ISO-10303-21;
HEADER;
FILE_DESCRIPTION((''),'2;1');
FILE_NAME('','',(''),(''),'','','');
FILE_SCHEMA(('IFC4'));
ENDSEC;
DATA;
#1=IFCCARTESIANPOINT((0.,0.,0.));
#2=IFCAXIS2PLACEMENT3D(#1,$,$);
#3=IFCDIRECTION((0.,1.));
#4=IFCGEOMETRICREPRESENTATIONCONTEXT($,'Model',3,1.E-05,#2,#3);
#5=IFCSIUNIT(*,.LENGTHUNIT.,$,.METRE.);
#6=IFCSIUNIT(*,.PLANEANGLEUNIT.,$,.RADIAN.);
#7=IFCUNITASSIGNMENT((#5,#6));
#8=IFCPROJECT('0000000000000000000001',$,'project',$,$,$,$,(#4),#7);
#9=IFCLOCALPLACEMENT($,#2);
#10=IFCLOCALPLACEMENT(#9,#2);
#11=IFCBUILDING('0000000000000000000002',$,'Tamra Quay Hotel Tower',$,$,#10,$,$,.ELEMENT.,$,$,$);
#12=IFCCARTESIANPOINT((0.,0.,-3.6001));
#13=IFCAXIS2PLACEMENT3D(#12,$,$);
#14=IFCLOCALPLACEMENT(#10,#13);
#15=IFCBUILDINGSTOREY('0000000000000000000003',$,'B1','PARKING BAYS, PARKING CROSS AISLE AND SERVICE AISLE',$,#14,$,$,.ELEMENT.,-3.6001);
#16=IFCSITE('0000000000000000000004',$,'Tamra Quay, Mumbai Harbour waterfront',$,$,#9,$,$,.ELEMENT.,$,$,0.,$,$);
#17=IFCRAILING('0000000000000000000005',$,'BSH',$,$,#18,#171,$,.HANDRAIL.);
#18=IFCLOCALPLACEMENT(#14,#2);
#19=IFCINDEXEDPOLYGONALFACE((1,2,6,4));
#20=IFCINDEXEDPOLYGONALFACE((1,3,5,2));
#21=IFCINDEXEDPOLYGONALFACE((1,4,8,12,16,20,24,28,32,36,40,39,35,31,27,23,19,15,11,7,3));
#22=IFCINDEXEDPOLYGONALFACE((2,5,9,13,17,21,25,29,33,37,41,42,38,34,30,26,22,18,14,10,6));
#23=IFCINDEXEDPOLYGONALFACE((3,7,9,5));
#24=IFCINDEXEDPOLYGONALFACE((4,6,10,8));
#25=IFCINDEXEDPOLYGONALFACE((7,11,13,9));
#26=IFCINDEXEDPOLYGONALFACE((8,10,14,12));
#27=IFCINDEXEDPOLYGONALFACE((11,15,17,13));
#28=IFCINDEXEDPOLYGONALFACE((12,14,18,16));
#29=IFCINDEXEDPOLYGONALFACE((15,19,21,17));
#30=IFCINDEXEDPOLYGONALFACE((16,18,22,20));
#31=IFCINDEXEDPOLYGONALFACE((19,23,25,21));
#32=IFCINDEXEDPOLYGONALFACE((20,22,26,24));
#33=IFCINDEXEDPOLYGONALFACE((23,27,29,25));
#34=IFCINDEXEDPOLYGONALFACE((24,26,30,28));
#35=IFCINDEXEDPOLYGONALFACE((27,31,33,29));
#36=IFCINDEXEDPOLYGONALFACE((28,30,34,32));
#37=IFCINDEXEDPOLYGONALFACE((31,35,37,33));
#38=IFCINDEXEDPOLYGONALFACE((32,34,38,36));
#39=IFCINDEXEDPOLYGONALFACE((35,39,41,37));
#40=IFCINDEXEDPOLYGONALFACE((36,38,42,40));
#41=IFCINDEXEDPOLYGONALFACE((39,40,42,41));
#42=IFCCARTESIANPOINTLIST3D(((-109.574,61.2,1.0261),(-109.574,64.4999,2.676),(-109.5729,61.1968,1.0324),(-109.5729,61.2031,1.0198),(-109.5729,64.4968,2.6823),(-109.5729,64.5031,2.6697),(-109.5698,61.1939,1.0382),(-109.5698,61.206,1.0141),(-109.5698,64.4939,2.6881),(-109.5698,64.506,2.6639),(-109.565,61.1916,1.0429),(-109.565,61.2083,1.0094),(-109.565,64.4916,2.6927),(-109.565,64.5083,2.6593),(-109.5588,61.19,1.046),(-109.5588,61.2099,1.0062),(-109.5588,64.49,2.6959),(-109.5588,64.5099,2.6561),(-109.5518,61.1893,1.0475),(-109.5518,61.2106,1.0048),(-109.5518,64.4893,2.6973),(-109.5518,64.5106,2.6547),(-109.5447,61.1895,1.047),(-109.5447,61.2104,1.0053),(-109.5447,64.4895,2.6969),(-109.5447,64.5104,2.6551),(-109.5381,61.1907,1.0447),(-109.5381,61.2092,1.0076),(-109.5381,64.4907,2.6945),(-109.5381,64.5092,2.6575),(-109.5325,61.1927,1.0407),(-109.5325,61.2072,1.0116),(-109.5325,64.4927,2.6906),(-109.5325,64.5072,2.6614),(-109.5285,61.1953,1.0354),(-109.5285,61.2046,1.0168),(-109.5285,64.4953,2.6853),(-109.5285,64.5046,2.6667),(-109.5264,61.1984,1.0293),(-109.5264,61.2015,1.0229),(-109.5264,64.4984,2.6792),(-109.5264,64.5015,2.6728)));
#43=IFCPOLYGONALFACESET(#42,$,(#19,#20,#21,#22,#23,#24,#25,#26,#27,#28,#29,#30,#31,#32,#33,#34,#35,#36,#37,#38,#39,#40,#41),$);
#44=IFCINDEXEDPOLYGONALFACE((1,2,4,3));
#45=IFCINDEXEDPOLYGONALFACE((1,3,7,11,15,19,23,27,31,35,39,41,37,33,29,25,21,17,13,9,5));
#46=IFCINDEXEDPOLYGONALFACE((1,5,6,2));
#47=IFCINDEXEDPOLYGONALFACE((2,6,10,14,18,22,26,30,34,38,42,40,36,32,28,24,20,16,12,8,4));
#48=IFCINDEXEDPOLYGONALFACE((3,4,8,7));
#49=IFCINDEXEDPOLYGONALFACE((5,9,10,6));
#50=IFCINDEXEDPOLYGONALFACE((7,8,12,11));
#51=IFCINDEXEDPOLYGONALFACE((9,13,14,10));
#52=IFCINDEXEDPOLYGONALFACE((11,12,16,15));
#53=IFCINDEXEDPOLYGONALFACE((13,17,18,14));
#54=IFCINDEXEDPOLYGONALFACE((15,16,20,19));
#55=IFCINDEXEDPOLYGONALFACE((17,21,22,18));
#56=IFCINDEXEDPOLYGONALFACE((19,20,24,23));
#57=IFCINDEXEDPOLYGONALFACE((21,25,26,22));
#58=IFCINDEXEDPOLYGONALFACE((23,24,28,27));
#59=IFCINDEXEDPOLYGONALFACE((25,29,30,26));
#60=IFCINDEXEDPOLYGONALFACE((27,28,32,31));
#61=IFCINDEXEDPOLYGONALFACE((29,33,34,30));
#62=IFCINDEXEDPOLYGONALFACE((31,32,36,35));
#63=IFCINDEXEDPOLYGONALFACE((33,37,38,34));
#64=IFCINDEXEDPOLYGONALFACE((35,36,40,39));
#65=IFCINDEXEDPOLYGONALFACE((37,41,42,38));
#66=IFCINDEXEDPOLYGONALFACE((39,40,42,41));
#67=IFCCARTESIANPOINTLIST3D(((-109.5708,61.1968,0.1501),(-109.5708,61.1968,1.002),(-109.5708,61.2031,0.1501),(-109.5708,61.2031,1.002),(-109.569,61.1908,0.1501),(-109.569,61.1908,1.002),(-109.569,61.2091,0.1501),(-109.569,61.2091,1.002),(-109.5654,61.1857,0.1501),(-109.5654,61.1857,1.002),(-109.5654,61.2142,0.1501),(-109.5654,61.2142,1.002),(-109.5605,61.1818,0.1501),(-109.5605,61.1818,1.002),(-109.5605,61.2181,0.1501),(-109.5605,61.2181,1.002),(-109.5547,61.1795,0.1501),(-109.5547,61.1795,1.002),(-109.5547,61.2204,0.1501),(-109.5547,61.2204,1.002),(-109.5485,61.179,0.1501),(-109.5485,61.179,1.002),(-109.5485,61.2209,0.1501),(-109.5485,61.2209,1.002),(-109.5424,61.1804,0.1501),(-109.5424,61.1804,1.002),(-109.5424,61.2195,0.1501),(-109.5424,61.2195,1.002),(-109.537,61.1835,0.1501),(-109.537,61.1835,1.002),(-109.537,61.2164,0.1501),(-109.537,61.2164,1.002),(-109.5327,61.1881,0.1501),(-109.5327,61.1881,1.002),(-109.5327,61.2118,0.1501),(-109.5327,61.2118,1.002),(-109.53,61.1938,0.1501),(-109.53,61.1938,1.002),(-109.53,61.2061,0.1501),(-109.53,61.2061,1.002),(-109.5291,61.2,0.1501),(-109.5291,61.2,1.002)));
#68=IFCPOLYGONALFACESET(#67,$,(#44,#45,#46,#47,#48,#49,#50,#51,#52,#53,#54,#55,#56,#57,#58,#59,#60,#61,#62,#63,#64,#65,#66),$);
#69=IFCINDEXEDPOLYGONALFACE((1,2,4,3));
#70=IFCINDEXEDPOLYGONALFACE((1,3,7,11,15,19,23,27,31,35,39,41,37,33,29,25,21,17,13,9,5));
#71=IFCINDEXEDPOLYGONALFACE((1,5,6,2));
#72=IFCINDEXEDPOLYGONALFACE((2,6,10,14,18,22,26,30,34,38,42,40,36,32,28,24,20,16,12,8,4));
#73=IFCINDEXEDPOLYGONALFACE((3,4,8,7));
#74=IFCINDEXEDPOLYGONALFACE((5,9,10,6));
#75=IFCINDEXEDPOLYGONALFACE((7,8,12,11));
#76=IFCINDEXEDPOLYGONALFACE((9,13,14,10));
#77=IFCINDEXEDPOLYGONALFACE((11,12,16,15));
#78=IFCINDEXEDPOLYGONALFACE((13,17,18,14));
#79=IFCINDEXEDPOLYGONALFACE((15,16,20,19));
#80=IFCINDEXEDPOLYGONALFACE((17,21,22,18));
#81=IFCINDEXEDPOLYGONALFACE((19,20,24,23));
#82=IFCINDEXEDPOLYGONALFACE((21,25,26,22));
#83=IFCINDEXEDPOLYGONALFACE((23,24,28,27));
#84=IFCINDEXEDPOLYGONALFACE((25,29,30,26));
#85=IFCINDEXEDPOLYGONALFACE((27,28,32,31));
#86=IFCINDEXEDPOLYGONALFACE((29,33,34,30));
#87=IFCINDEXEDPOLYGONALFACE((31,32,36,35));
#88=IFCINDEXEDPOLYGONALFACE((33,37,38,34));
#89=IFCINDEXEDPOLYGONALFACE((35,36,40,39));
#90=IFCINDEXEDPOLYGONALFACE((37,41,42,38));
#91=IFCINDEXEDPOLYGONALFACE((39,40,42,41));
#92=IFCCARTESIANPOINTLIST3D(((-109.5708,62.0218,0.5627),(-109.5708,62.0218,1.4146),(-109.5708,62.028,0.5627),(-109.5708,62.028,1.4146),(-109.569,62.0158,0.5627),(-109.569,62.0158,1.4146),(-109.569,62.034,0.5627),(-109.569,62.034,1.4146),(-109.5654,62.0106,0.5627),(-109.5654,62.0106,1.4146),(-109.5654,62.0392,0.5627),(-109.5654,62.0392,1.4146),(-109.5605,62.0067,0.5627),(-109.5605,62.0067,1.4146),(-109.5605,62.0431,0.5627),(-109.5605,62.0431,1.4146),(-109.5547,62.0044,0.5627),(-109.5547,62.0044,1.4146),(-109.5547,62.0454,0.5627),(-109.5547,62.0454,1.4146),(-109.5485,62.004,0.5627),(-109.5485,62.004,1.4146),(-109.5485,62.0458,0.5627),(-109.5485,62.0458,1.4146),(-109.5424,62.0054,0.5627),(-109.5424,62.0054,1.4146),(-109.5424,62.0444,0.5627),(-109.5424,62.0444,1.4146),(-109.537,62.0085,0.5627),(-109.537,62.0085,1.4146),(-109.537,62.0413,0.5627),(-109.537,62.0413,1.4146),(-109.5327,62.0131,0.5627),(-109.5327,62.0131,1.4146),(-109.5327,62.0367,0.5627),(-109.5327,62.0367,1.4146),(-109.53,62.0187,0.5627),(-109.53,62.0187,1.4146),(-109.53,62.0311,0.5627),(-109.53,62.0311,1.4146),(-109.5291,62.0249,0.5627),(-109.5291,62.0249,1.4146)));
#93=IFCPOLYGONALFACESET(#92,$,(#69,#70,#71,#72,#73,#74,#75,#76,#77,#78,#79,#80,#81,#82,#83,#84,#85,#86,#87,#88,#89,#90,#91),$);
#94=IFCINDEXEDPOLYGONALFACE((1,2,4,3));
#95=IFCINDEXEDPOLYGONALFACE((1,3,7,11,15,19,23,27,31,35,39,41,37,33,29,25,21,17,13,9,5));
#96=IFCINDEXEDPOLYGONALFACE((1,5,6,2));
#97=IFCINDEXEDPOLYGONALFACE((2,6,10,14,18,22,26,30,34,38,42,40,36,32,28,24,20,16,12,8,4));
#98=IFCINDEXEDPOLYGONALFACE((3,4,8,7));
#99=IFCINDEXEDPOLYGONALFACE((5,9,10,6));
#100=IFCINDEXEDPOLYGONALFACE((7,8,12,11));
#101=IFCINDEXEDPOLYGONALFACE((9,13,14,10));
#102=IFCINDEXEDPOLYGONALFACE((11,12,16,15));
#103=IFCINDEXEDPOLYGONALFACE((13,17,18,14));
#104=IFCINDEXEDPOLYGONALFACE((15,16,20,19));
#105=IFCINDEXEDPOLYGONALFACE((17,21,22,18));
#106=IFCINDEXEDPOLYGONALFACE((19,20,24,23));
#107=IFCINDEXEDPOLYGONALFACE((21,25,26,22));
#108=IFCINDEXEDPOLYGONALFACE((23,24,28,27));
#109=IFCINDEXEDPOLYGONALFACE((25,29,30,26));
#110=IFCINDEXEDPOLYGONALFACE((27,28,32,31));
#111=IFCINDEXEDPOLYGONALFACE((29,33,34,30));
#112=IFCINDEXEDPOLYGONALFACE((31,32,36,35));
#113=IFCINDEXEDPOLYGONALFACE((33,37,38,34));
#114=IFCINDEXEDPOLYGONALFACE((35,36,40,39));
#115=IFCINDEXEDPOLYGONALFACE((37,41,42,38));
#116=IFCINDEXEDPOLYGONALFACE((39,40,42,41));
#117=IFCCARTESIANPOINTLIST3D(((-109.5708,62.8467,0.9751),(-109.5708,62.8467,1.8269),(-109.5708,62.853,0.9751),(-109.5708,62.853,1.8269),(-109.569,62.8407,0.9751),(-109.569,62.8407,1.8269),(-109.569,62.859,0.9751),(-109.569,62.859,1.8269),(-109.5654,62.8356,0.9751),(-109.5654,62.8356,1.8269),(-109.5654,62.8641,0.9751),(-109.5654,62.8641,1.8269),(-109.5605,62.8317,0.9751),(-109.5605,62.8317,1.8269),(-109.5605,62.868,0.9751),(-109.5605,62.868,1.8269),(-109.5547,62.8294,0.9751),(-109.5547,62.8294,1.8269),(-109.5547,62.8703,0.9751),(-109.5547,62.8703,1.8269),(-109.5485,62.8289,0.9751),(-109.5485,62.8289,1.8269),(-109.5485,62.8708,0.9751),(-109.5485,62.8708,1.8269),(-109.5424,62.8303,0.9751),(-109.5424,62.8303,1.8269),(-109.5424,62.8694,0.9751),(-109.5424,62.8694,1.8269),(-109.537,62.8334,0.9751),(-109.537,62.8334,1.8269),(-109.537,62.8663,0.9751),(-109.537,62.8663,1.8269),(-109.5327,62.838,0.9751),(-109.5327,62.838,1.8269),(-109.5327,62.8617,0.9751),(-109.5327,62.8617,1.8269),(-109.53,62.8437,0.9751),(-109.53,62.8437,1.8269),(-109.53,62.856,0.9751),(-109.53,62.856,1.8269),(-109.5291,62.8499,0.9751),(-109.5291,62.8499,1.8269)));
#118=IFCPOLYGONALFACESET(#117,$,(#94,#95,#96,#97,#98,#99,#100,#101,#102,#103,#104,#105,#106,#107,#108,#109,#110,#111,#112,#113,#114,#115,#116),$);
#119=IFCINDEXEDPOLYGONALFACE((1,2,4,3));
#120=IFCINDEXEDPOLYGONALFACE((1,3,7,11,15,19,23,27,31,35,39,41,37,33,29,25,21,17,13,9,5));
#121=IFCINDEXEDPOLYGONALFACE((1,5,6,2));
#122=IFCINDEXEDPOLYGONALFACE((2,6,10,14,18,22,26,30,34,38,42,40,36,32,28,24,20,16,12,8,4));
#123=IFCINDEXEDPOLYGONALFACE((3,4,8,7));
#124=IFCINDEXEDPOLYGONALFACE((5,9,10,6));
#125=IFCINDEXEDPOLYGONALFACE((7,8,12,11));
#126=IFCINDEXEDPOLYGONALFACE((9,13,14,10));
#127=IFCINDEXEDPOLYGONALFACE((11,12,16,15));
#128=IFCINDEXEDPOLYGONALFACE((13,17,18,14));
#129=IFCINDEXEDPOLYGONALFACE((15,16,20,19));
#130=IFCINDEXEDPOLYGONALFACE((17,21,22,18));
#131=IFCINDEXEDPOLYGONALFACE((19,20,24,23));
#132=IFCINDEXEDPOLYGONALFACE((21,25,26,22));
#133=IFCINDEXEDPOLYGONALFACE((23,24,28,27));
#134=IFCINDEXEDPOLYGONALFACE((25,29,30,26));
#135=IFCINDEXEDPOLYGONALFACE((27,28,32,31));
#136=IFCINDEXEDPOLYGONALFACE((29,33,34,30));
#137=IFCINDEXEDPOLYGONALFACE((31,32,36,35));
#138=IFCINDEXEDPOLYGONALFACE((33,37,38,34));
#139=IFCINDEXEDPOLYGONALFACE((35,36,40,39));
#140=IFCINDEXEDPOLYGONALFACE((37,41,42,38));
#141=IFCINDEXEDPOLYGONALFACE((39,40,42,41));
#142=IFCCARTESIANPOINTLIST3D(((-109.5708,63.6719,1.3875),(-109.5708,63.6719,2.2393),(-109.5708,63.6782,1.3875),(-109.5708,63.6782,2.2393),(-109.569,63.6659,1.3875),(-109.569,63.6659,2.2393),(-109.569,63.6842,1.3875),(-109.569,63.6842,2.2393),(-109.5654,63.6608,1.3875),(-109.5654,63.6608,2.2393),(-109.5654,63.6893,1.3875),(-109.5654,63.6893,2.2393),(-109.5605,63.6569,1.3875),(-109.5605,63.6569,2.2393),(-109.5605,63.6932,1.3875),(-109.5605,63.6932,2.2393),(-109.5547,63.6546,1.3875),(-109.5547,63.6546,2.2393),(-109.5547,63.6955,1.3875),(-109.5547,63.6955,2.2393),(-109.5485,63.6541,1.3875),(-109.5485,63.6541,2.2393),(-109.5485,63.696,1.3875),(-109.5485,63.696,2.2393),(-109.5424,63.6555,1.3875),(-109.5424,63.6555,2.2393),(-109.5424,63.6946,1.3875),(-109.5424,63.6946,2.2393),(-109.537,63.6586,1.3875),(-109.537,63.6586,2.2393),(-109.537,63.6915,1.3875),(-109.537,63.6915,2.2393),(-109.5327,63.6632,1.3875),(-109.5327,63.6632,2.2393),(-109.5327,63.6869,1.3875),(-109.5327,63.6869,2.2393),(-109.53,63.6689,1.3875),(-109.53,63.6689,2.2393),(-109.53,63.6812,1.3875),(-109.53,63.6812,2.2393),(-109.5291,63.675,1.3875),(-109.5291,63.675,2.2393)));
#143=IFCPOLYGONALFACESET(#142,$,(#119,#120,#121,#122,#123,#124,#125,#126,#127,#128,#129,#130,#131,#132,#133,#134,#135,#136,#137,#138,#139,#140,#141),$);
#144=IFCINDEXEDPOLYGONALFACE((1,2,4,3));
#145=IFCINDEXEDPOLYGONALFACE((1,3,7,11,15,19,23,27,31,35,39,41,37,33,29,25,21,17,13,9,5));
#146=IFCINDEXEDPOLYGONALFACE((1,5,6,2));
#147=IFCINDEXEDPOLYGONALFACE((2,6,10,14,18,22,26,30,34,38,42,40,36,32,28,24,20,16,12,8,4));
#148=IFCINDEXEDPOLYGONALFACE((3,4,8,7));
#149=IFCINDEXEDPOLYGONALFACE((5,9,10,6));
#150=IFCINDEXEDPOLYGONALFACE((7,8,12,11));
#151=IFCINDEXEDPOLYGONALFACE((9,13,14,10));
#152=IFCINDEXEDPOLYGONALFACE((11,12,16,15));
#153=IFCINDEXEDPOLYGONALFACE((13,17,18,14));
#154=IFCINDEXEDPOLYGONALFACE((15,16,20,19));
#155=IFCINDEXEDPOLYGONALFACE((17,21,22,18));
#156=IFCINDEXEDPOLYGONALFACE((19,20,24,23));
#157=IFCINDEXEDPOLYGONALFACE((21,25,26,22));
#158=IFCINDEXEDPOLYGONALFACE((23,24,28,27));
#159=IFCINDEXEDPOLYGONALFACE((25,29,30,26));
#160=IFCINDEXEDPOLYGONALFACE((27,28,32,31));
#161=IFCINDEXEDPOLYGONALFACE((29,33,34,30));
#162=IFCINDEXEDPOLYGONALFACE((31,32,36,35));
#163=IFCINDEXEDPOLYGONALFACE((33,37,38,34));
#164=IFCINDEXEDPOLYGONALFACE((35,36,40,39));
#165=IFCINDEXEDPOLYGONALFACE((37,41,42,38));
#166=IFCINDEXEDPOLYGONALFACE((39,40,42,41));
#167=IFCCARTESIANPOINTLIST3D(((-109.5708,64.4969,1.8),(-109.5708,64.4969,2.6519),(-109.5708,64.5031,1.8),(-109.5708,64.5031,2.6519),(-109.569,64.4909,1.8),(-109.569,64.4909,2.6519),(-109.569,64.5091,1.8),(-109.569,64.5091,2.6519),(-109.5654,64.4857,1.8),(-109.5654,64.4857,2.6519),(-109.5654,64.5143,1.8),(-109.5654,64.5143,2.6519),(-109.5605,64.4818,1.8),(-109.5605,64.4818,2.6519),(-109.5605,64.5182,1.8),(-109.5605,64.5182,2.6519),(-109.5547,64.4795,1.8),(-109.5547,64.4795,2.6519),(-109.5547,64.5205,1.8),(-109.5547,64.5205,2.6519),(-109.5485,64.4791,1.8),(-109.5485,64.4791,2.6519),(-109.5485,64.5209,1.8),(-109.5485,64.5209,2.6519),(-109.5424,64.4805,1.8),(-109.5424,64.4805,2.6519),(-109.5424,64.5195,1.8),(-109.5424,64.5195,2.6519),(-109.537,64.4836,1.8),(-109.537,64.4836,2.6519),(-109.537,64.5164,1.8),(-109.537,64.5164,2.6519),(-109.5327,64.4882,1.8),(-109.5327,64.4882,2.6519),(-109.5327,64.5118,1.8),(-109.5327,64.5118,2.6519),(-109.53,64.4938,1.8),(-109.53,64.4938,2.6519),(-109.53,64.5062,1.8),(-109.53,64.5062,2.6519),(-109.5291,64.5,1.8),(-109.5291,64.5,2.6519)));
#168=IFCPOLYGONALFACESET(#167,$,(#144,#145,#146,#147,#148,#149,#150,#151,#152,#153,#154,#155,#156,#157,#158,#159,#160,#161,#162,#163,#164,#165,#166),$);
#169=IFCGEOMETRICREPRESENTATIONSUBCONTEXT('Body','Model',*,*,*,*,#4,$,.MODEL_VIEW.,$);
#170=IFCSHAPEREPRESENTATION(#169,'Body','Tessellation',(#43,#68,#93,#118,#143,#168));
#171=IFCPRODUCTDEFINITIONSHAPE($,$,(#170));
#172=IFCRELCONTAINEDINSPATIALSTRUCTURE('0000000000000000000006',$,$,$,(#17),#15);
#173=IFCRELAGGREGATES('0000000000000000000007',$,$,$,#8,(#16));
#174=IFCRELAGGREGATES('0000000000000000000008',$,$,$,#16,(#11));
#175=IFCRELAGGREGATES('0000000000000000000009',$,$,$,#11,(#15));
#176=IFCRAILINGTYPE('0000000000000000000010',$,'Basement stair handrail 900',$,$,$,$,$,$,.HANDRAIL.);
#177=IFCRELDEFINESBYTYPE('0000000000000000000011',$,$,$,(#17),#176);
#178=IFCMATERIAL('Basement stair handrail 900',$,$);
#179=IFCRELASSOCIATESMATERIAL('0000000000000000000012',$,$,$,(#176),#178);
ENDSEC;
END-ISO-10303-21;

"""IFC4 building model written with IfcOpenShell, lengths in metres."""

from ifc_helpers import new_model, si_unit, direction, frame, origin, origin_2d, place, context, subcontext, project, spatial, circle, extrude, material, type_object, element, save


model = new_model("IFC4")

# Units and contexts
model_context = context("Model", 3, precision=1e-05, world=origin(), true_north=direction((0.0, 1.0)))
body_context = subcontext(model_context, "Body", "Model", "MODEL_VIEW")
ifc_project = project(units=[si_unit("LENGTHUNIT", "METRE"), si_unit("PLANEANGLEUNIT", "RADIAN")], contexts=[model_context])

# Site, building, storey
site_placement = place(None, origin())
site = spatial("IfcSite", under=ifc_project, at=site_placement, Name="Tamra Quay, Mumbai Harbour waterfront", CompositionType="ELEMENT", RefElevation=0.0)
building_placement = place(site_placement, origin())
building = spatial("IfcBuilding", under=site, at=building_placement, Name="Tamra Quay Hotel Tower", CompositionType="ELEMENT")
storey_placement = place(building_placement, frame((0.0, 0.0, -3.6001)))
storey = spatial("IfcBuildingStorey", under=building, at=storey_placement, Name="B1", Description="PARKING BAYS, PARKING CROSS AISLE AND SERVICE AISLE", CompositionType="ELEMENT", Elevation=-3.6001)

# Railing
ifc_material_1 = material(Name="Basement stair handrail 900")
railing_type_1 = type_object("IfcRailingType", Name="Basement stair handrail 900", PredefinedType="HANDRAIL", material=ifc_material_1)
railing_1_placement = place(storey_placement, frame((-109.55, 61.2, 0.1501)))
element("IfcRailing", 1, at=railing_1_placement, inside=storey, type_object=railing_type_1, Name="BSH", PredefinedType="HANDRAIL", context=body_context, shape_type="SweptSolid", body=[
    extrude(circle(Radius=0.0239, at=origin_2d()), frame((0.0, 0.0, 0.876), z_axis=(0.0, 0.89444, 0.447187), x_axis=(-1.0, 0.0, 0.0)), (0.0, 0.0, 1.0), 3.6895),
    extrude(circle(Radius=0.021, at=origin_2d()), origin(), (0.0, 0.0, 1.0), 0.8518),
    extrude(circle(Radius=0.021, at=origin_2d()), frame((0.0, 0.825, 0.4126)), (0.0, 0.0, 1.0), 0.8518),
    extrude(circle(Radius=0.021, at=origin_2d()), frame((0.0, 1.6499, 0.825)), (0.0, 0.0, 1.0), 0.8518),
    extrude(circle(Radius=0.021, at=origin_2d()), frame((0.0, 2.4751, 1.2373)), (0.0, 0.0, 1.0), 0.8518),
    extrude(circle(Radius=0.021, at=origin_2d()), frame((0.0, 3.3, 1.6499)), (0.0, 0.0, 1.0), 0.8518),
])

save(model, "model.ifc")
